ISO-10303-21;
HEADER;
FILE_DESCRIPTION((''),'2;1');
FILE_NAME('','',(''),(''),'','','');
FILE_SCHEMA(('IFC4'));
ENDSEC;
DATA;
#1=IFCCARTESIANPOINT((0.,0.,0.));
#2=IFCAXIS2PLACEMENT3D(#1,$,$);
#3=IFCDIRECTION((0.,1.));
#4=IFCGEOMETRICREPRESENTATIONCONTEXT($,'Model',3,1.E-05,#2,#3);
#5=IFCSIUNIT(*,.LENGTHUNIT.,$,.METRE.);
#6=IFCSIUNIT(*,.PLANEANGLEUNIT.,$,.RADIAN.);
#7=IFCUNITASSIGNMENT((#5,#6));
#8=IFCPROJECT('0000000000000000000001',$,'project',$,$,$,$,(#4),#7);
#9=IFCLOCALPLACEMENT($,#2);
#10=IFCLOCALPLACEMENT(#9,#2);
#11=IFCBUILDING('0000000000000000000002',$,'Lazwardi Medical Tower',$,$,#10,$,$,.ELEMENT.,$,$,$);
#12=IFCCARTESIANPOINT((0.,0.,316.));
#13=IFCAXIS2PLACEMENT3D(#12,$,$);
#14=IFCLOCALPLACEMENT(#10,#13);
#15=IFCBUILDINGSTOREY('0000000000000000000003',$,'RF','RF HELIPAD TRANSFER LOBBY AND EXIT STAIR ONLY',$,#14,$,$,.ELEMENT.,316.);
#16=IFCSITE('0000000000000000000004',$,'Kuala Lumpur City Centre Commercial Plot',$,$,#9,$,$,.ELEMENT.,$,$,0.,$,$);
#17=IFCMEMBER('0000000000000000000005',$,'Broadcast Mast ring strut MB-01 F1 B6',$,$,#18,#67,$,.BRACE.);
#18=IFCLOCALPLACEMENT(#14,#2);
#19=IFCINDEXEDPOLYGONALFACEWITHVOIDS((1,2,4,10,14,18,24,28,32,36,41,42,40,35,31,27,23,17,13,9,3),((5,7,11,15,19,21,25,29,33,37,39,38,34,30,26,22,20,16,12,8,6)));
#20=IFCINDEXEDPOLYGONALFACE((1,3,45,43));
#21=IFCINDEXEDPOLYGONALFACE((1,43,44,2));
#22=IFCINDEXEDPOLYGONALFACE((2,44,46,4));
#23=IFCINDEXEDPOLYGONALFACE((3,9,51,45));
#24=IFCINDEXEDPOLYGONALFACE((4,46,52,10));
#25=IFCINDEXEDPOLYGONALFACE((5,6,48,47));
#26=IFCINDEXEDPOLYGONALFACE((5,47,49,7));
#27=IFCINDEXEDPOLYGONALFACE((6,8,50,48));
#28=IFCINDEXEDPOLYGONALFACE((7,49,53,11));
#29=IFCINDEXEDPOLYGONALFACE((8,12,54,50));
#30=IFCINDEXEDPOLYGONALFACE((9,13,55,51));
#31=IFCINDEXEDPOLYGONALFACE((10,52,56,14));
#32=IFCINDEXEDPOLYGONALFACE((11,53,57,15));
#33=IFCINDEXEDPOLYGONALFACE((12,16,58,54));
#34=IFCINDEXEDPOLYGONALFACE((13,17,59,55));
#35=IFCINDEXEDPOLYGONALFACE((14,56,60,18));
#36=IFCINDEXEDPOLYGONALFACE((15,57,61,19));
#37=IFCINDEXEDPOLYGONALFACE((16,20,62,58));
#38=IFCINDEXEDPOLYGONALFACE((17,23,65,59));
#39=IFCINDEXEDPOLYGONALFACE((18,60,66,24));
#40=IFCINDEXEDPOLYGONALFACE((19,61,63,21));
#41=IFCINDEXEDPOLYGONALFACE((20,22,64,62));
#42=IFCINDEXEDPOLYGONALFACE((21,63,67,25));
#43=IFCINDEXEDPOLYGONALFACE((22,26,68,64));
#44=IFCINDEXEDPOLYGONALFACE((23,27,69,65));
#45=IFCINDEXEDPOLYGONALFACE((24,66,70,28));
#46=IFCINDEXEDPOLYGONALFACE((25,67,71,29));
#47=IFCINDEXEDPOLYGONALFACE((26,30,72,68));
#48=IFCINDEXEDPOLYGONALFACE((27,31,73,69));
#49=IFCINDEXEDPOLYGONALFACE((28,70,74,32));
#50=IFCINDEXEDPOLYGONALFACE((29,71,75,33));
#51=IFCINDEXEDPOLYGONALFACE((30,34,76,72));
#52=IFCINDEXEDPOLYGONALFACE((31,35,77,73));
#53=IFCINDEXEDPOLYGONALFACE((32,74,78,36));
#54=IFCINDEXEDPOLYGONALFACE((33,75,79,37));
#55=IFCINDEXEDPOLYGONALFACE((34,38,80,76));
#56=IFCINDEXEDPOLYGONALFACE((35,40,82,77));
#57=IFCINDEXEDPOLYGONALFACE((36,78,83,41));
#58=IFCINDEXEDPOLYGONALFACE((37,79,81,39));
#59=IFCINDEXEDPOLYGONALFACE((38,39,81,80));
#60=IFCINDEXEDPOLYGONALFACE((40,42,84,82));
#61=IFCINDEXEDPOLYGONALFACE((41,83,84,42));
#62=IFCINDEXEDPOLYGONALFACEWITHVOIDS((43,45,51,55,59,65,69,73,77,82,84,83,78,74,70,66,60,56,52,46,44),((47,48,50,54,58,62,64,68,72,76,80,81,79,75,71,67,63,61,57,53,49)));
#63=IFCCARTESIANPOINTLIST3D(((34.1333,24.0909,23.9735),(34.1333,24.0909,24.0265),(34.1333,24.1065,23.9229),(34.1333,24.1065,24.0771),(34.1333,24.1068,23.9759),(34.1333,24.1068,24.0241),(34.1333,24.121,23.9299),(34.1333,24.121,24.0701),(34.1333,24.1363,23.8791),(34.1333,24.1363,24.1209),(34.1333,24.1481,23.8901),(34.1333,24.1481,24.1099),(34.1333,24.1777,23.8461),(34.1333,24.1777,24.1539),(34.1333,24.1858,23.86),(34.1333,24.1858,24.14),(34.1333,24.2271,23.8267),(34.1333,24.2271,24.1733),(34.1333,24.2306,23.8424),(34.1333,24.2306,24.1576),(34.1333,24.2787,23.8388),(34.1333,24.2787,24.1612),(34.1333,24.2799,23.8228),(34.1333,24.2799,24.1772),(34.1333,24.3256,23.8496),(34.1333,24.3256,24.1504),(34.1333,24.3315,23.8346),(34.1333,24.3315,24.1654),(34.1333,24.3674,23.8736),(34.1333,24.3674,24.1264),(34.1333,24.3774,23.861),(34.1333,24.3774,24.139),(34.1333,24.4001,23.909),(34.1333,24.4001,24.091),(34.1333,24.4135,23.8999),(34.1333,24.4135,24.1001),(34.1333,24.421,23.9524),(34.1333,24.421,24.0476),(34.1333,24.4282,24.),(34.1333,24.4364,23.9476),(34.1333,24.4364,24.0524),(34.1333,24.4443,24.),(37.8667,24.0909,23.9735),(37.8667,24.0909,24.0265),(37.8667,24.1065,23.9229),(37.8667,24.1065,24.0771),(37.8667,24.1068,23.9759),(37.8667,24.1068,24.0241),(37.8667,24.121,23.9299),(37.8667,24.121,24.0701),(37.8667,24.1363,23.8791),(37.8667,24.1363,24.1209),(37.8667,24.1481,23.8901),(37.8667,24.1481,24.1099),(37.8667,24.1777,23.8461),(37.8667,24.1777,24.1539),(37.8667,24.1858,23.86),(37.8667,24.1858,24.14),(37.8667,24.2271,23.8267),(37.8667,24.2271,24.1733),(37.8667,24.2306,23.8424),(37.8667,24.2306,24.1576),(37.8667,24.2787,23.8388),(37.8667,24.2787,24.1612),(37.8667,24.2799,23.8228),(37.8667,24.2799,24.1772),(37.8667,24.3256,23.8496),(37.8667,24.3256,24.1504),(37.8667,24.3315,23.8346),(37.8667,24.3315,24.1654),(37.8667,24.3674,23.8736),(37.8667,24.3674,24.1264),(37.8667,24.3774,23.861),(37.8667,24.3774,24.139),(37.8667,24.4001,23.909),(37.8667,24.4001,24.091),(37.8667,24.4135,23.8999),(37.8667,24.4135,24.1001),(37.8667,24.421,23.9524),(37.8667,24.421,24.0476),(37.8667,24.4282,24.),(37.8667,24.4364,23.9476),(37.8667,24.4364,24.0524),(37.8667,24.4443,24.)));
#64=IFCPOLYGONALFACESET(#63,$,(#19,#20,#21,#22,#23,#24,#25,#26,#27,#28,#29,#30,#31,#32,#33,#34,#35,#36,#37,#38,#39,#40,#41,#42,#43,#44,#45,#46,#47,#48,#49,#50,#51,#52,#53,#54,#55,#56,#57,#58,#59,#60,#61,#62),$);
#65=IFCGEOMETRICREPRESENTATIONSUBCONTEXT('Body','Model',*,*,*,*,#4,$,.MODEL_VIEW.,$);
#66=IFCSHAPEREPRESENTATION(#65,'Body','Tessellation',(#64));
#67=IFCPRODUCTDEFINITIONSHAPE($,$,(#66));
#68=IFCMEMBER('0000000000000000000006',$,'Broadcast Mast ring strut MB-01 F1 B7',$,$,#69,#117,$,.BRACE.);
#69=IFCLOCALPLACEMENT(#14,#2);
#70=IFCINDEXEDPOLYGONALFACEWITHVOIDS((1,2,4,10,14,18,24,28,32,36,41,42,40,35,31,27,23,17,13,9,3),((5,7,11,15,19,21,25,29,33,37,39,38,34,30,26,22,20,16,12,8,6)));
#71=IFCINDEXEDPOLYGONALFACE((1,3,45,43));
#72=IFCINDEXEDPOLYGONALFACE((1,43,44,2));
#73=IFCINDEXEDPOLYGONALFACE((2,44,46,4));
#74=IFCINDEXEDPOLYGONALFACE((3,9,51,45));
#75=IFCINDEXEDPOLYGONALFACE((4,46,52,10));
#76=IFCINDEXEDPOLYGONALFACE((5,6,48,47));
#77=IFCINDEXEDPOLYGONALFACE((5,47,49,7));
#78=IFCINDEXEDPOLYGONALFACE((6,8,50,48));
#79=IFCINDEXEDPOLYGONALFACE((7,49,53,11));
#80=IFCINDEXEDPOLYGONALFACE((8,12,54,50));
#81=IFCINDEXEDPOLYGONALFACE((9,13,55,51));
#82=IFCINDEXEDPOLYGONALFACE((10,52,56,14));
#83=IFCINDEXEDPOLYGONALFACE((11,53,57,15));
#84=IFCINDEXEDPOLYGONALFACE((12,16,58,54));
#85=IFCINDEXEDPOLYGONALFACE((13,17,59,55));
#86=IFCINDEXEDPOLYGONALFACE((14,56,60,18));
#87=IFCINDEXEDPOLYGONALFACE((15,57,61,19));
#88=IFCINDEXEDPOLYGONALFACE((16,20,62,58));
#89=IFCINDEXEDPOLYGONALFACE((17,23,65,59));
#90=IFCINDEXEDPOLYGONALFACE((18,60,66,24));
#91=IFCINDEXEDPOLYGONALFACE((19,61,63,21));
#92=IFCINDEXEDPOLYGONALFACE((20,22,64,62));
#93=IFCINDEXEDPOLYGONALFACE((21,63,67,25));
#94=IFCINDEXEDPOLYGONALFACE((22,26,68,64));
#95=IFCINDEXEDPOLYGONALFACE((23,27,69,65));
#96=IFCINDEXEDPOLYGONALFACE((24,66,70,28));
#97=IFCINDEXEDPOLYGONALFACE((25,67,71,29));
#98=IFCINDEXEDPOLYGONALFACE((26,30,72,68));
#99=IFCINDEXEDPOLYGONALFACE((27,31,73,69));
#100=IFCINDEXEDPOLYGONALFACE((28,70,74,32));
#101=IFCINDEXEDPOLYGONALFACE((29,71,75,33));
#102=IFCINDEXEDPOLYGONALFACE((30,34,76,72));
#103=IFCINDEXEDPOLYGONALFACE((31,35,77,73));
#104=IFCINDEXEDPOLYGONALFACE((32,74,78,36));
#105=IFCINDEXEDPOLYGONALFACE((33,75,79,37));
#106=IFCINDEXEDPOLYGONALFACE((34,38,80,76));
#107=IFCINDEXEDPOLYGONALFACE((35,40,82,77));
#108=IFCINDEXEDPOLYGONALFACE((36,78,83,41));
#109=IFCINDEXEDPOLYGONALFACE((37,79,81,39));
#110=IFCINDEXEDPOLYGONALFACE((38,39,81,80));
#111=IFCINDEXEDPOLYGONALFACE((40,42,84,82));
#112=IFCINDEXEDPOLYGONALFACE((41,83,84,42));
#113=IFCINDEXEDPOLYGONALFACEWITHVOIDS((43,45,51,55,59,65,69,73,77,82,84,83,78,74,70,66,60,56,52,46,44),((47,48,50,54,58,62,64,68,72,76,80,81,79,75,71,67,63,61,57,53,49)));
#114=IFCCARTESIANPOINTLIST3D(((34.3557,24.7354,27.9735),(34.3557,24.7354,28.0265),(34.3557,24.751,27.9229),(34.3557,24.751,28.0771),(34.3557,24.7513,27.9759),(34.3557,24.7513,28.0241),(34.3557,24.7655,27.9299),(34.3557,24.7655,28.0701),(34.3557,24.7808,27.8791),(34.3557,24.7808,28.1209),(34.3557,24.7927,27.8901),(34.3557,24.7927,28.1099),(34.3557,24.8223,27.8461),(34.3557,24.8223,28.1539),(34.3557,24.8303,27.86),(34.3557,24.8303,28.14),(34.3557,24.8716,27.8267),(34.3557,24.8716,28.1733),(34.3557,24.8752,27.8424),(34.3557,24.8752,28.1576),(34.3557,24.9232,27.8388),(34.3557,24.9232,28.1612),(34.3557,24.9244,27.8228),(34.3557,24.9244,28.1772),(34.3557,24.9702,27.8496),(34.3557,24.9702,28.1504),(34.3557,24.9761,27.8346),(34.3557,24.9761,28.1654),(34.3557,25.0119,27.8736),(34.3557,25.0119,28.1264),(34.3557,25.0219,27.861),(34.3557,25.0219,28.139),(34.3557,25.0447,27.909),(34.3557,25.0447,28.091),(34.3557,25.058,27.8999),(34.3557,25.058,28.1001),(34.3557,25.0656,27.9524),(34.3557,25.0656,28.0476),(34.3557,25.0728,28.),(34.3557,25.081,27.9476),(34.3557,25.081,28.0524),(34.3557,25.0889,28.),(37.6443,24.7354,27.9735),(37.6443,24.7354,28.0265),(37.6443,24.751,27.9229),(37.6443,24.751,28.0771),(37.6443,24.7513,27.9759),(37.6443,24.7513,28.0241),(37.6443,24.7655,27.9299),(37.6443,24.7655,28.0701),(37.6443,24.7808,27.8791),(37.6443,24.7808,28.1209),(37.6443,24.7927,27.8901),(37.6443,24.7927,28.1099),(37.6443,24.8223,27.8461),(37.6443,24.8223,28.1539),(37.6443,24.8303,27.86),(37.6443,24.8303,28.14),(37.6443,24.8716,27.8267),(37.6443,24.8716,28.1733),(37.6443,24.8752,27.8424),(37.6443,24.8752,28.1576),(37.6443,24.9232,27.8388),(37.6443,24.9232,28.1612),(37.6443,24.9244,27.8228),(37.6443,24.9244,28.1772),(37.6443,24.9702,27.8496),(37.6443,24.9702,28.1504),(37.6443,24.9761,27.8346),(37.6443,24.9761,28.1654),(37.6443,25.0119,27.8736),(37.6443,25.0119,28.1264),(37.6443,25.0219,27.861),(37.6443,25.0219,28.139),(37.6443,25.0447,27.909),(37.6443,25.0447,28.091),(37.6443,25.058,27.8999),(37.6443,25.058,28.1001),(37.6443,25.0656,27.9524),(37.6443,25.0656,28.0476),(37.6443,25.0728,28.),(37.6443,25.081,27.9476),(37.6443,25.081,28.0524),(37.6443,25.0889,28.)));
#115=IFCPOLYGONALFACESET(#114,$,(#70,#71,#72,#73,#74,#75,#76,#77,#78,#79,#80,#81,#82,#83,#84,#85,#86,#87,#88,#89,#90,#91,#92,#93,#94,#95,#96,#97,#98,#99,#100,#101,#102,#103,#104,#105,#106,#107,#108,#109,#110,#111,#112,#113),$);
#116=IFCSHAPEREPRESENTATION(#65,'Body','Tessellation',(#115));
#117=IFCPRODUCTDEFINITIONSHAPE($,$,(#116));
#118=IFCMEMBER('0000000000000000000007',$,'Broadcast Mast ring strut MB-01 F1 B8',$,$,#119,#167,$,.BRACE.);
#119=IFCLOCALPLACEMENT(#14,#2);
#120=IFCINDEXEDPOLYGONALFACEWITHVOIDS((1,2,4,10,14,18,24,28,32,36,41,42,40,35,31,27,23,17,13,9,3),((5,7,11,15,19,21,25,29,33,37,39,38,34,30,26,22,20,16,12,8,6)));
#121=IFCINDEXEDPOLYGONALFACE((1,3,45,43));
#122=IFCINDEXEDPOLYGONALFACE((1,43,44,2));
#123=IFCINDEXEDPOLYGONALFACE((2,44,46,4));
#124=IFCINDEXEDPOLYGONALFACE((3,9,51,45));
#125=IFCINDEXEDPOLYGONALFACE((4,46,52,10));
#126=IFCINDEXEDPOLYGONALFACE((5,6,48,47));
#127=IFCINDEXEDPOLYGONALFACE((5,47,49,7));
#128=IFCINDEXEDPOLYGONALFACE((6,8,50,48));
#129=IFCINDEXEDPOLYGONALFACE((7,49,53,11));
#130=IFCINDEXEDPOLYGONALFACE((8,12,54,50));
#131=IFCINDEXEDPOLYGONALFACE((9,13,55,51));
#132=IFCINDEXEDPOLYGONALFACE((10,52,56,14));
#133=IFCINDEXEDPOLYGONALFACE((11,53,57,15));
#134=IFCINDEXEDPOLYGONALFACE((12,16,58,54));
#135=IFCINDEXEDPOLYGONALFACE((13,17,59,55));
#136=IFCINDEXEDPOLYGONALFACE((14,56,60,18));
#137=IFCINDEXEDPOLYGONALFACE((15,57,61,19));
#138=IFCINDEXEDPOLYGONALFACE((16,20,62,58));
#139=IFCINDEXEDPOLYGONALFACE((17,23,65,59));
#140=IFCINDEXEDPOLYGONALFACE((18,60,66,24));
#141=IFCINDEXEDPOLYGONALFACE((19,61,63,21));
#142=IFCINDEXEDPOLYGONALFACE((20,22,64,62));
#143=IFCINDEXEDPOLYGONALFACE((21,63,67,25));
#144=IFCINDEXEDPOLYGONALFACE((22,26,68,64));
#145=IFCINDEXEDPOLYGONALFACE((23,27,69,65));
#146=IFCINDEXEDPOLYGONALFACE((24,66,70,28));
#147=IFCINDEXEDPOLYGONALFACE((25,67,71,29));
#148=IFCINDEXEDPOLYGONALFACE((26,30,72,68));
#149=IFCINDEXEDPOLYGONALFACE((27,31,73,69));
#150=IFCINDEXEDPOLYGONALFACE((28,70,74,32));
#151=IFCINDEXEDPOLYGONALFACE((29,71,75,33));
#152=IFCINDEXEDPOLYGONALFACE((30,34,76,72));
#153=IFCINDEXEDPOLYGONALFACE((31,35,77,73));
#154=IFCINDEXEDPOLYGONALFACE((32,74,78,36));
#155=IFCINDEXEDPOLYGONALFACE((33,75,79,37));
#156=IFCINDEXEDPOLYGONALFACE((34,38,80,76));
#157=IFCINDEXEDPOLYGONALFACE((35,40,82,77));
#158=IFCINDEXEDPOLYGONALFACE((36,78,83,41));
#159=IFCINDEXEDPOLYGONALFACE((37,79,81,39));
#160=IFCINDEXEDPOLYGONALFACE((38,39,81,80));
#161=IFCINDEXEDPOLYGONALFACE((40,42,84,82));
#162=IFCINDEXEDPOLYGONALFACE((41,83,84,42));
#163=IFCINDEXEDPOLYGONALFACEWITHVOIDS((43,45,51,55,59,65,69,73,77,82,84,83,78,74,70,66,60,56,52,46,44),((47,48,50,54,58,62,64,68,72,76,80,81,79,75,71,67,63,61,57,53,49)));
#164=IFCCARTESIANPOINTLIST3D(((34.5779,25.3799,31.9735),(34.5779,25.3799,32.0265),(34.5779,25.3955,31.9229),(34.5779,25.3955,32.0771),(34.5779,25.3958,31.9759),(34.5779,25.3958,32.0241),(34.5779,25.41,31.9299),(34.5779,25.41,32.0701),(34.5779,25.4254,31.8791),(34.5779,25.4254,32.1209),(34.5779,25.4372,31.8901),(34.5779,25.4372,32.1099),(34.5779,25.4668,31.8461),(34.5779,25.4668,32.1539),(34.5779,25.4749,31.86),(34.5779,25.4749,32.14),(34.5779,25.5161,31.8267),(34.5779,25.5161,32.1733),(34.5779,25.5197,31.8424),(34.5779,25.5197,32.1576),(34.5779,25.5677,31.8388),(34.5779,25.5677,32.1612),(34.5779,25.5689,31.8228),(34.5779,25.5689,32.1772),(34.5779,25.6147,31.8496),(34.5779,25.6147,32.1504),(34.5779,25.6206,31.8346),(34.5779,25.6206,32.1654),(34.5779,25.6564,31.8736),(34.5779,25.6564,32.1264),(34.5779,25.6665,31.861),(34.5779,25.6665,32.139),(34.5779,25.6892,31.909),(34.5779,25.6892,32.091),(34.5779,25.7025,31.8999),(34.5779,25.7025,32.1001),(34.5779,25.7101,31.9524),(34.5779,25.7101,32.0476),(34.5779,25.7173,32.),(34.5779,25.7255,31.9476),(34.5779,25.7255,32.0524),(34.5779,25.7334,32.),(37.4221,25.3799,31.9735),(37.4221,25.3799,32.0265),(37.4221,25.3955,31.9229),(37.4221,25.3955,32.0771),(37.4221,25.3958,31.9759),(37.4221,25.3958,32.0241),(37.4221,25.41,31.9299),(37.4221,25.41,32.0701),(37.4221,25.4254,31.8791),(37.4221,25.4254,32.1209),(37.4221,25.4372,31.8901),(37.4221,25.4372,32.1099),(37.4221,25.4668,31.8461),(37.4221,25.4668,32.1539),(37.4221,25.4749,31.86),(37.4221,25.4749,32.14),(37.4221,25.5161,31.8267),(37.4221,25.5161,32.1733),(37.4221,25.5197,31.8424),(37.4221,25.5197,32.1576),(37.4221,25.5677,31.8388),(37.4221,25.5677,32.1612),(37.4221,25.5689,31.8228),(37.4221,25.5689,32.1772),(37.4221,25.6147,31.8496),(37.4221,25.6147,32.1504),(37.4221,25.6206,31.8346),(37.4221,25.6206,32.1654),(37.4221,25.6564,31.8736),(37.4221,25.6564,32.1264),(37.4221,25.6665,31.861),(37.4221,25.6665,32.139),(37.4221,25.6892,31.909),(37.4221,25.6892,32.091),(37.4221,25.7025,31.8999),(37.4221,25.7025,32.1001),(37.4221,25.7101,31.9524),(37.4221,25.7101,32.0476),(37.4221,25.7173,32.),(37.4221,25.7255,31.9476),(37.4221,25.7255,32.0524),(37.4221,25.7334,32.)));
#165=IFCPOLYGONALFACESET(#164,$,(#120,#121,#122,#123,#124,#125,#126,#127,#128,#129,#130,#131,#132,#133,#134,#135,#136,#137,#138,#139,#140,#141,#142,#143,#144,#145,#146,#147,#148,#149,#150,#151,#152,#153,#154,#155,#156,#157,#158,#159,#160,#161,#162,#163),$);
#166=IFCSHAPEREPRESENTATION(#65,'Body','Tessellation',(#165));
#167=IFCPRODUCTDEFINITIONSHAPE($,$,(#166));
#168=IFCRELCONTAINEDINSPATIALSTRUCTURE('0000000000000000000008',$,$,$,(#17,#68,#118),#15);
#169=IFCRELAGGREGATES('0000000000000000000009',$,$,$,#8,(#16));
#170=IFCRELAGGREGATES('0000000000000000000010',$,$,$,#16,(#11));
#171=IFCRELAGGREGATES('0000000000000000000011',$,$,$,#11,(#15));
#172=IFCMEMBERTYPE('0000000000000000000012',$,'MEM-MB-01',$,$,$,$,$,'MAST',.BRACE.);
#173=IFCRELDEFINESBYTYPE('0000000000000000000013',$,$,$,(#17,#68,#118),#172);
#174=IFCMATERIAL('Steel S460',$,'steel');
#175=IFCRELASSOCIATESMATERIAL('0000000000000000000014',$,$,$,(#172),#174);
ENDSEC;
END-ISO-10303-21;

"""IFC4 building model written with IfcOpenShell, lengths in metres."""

from ifc_helpers import new_model, si_unit, direction, frame, origin, origin_2d, place, context, subcontext, project, spatial, hollow_circle, extrude, material, material_profile, profile_set, type_object, element, save


model = new_model("IFC4")

# Units and contexts
model_context = context("Model", 3, precision=1e-05, world=origin(), true_north=direction((0.0, 1.0)))
body_context = subcontext(model_context, "Body", "Model", "MODEL_VIEW")
ifc_project = project(units=[si_unit("LENGTHUNIT", "METRE"), si_unit("PLANEANGLEUNIT", "RADIAN")], contexts=[model_context])

# Site, building, storey
site_placement = place(None, origin())
site = spatial("IfcSite", under=ifc_project, at=site_placement, Name="Kuala Lumpur City Centre Commercial Plot", CompositionType="ELEMENT", RefElevation=0.0)
building_placement = place(site_placement, origin())
building = spatial("IfcBuilding", under=site, at=building_placement, Name="Lazwardi Medical Tower", CompositionType="ELEMENT")
storey_placement = place(building_placement, frame((0.0, 0.0, 316.0)))
storey = spatial("IfcBuildingStorey", under=building, at=storey_placement, Name="RF", Description="RF HELIPAD TRANSFER LOBBY AND EXIT STAIR ONLY", CompositionType="ELEMENT", Elevation=316.0)

# Members
ifc_material = material(Name="Steel S460", Category="steel")
ifc_material_profile_1 = material_profile(ifc_material, hollow_circle(Radius=0.1777, WallThickness=0.0161, at=origin_2d()), Name="CHS 355.6x16")
ifc_profile_set_1 = profile_set([ifc_material_profile_1], Name="Steel S460")
member_type_1 = type_object("IfcMemberType", Name="MEM-MB-01", ElementType="MAST", PredefinedType="BRACE", material=ifc_profile_set_1)
member_1_placement = place(storey_placement, frame((34.1333, 24.2666, 24.0), z_axis=(1.0, 0.0, 0.0), x_axis=(0.0, 1.0, 0.0)))
element("IfcMember", 1, at=member_1_placement, inside=storey, type_object=member_type_1, Name="Broadcast Mast ring strut MB-01 F1 B6", PredefinedType="BRACE", context=body_context, shape_type="SweptSolid", body=[
    extrude(hollow_circle(Radius=0.1777, WallThickness=0.0161, at=origin_2d()), origin(), (0.0, 0.0, 1.0), 3.7334),
])
member_2_placement = place(storey_placement, frame((34.3557, 24.9111, 28.0), z_axis=(1.0, 0.0, 0.0), x_axis=(0.0, 1.0, 0.0)))
element("IfcMember", 2, at=member_2_placement, inside=storey, type_object=member_type_1, Name="Broadcast Mast ring strut MB-01 F1 B7", PredefinedType="BRACE", context=body_context, shape_type="SweptSolid", body=[
    extrude(hollow_circle(Radius=0.1777, WallThickness=0.0161, at=origin_2d()), origin(), (0.0, 0.0, 1.0), 3.2886),
])
member_3_placement = place(storey_placement, frame((34.5779, 25.5557, 32.0), z_axis=(1.0, 0.0, 0.0), x_axis=(0.0, 1.0, 0.0)))
element("IfcMember", 3, at=member_3_placement, inside=storey, type_object=member_type_1, Name="Broadcast Mast ring strut MB-01 F1 B8", PredefinedType="BRACE", context=body_context, shape_type="SweptSolid", body=[
    extrude(hollow_circle(Radius=0.1777, WallThickness=0.0161, at=origin_2d()), origin(), (0.0, 0.0, 1.0), 2.8442),
])

save(model, "model.ifc")
